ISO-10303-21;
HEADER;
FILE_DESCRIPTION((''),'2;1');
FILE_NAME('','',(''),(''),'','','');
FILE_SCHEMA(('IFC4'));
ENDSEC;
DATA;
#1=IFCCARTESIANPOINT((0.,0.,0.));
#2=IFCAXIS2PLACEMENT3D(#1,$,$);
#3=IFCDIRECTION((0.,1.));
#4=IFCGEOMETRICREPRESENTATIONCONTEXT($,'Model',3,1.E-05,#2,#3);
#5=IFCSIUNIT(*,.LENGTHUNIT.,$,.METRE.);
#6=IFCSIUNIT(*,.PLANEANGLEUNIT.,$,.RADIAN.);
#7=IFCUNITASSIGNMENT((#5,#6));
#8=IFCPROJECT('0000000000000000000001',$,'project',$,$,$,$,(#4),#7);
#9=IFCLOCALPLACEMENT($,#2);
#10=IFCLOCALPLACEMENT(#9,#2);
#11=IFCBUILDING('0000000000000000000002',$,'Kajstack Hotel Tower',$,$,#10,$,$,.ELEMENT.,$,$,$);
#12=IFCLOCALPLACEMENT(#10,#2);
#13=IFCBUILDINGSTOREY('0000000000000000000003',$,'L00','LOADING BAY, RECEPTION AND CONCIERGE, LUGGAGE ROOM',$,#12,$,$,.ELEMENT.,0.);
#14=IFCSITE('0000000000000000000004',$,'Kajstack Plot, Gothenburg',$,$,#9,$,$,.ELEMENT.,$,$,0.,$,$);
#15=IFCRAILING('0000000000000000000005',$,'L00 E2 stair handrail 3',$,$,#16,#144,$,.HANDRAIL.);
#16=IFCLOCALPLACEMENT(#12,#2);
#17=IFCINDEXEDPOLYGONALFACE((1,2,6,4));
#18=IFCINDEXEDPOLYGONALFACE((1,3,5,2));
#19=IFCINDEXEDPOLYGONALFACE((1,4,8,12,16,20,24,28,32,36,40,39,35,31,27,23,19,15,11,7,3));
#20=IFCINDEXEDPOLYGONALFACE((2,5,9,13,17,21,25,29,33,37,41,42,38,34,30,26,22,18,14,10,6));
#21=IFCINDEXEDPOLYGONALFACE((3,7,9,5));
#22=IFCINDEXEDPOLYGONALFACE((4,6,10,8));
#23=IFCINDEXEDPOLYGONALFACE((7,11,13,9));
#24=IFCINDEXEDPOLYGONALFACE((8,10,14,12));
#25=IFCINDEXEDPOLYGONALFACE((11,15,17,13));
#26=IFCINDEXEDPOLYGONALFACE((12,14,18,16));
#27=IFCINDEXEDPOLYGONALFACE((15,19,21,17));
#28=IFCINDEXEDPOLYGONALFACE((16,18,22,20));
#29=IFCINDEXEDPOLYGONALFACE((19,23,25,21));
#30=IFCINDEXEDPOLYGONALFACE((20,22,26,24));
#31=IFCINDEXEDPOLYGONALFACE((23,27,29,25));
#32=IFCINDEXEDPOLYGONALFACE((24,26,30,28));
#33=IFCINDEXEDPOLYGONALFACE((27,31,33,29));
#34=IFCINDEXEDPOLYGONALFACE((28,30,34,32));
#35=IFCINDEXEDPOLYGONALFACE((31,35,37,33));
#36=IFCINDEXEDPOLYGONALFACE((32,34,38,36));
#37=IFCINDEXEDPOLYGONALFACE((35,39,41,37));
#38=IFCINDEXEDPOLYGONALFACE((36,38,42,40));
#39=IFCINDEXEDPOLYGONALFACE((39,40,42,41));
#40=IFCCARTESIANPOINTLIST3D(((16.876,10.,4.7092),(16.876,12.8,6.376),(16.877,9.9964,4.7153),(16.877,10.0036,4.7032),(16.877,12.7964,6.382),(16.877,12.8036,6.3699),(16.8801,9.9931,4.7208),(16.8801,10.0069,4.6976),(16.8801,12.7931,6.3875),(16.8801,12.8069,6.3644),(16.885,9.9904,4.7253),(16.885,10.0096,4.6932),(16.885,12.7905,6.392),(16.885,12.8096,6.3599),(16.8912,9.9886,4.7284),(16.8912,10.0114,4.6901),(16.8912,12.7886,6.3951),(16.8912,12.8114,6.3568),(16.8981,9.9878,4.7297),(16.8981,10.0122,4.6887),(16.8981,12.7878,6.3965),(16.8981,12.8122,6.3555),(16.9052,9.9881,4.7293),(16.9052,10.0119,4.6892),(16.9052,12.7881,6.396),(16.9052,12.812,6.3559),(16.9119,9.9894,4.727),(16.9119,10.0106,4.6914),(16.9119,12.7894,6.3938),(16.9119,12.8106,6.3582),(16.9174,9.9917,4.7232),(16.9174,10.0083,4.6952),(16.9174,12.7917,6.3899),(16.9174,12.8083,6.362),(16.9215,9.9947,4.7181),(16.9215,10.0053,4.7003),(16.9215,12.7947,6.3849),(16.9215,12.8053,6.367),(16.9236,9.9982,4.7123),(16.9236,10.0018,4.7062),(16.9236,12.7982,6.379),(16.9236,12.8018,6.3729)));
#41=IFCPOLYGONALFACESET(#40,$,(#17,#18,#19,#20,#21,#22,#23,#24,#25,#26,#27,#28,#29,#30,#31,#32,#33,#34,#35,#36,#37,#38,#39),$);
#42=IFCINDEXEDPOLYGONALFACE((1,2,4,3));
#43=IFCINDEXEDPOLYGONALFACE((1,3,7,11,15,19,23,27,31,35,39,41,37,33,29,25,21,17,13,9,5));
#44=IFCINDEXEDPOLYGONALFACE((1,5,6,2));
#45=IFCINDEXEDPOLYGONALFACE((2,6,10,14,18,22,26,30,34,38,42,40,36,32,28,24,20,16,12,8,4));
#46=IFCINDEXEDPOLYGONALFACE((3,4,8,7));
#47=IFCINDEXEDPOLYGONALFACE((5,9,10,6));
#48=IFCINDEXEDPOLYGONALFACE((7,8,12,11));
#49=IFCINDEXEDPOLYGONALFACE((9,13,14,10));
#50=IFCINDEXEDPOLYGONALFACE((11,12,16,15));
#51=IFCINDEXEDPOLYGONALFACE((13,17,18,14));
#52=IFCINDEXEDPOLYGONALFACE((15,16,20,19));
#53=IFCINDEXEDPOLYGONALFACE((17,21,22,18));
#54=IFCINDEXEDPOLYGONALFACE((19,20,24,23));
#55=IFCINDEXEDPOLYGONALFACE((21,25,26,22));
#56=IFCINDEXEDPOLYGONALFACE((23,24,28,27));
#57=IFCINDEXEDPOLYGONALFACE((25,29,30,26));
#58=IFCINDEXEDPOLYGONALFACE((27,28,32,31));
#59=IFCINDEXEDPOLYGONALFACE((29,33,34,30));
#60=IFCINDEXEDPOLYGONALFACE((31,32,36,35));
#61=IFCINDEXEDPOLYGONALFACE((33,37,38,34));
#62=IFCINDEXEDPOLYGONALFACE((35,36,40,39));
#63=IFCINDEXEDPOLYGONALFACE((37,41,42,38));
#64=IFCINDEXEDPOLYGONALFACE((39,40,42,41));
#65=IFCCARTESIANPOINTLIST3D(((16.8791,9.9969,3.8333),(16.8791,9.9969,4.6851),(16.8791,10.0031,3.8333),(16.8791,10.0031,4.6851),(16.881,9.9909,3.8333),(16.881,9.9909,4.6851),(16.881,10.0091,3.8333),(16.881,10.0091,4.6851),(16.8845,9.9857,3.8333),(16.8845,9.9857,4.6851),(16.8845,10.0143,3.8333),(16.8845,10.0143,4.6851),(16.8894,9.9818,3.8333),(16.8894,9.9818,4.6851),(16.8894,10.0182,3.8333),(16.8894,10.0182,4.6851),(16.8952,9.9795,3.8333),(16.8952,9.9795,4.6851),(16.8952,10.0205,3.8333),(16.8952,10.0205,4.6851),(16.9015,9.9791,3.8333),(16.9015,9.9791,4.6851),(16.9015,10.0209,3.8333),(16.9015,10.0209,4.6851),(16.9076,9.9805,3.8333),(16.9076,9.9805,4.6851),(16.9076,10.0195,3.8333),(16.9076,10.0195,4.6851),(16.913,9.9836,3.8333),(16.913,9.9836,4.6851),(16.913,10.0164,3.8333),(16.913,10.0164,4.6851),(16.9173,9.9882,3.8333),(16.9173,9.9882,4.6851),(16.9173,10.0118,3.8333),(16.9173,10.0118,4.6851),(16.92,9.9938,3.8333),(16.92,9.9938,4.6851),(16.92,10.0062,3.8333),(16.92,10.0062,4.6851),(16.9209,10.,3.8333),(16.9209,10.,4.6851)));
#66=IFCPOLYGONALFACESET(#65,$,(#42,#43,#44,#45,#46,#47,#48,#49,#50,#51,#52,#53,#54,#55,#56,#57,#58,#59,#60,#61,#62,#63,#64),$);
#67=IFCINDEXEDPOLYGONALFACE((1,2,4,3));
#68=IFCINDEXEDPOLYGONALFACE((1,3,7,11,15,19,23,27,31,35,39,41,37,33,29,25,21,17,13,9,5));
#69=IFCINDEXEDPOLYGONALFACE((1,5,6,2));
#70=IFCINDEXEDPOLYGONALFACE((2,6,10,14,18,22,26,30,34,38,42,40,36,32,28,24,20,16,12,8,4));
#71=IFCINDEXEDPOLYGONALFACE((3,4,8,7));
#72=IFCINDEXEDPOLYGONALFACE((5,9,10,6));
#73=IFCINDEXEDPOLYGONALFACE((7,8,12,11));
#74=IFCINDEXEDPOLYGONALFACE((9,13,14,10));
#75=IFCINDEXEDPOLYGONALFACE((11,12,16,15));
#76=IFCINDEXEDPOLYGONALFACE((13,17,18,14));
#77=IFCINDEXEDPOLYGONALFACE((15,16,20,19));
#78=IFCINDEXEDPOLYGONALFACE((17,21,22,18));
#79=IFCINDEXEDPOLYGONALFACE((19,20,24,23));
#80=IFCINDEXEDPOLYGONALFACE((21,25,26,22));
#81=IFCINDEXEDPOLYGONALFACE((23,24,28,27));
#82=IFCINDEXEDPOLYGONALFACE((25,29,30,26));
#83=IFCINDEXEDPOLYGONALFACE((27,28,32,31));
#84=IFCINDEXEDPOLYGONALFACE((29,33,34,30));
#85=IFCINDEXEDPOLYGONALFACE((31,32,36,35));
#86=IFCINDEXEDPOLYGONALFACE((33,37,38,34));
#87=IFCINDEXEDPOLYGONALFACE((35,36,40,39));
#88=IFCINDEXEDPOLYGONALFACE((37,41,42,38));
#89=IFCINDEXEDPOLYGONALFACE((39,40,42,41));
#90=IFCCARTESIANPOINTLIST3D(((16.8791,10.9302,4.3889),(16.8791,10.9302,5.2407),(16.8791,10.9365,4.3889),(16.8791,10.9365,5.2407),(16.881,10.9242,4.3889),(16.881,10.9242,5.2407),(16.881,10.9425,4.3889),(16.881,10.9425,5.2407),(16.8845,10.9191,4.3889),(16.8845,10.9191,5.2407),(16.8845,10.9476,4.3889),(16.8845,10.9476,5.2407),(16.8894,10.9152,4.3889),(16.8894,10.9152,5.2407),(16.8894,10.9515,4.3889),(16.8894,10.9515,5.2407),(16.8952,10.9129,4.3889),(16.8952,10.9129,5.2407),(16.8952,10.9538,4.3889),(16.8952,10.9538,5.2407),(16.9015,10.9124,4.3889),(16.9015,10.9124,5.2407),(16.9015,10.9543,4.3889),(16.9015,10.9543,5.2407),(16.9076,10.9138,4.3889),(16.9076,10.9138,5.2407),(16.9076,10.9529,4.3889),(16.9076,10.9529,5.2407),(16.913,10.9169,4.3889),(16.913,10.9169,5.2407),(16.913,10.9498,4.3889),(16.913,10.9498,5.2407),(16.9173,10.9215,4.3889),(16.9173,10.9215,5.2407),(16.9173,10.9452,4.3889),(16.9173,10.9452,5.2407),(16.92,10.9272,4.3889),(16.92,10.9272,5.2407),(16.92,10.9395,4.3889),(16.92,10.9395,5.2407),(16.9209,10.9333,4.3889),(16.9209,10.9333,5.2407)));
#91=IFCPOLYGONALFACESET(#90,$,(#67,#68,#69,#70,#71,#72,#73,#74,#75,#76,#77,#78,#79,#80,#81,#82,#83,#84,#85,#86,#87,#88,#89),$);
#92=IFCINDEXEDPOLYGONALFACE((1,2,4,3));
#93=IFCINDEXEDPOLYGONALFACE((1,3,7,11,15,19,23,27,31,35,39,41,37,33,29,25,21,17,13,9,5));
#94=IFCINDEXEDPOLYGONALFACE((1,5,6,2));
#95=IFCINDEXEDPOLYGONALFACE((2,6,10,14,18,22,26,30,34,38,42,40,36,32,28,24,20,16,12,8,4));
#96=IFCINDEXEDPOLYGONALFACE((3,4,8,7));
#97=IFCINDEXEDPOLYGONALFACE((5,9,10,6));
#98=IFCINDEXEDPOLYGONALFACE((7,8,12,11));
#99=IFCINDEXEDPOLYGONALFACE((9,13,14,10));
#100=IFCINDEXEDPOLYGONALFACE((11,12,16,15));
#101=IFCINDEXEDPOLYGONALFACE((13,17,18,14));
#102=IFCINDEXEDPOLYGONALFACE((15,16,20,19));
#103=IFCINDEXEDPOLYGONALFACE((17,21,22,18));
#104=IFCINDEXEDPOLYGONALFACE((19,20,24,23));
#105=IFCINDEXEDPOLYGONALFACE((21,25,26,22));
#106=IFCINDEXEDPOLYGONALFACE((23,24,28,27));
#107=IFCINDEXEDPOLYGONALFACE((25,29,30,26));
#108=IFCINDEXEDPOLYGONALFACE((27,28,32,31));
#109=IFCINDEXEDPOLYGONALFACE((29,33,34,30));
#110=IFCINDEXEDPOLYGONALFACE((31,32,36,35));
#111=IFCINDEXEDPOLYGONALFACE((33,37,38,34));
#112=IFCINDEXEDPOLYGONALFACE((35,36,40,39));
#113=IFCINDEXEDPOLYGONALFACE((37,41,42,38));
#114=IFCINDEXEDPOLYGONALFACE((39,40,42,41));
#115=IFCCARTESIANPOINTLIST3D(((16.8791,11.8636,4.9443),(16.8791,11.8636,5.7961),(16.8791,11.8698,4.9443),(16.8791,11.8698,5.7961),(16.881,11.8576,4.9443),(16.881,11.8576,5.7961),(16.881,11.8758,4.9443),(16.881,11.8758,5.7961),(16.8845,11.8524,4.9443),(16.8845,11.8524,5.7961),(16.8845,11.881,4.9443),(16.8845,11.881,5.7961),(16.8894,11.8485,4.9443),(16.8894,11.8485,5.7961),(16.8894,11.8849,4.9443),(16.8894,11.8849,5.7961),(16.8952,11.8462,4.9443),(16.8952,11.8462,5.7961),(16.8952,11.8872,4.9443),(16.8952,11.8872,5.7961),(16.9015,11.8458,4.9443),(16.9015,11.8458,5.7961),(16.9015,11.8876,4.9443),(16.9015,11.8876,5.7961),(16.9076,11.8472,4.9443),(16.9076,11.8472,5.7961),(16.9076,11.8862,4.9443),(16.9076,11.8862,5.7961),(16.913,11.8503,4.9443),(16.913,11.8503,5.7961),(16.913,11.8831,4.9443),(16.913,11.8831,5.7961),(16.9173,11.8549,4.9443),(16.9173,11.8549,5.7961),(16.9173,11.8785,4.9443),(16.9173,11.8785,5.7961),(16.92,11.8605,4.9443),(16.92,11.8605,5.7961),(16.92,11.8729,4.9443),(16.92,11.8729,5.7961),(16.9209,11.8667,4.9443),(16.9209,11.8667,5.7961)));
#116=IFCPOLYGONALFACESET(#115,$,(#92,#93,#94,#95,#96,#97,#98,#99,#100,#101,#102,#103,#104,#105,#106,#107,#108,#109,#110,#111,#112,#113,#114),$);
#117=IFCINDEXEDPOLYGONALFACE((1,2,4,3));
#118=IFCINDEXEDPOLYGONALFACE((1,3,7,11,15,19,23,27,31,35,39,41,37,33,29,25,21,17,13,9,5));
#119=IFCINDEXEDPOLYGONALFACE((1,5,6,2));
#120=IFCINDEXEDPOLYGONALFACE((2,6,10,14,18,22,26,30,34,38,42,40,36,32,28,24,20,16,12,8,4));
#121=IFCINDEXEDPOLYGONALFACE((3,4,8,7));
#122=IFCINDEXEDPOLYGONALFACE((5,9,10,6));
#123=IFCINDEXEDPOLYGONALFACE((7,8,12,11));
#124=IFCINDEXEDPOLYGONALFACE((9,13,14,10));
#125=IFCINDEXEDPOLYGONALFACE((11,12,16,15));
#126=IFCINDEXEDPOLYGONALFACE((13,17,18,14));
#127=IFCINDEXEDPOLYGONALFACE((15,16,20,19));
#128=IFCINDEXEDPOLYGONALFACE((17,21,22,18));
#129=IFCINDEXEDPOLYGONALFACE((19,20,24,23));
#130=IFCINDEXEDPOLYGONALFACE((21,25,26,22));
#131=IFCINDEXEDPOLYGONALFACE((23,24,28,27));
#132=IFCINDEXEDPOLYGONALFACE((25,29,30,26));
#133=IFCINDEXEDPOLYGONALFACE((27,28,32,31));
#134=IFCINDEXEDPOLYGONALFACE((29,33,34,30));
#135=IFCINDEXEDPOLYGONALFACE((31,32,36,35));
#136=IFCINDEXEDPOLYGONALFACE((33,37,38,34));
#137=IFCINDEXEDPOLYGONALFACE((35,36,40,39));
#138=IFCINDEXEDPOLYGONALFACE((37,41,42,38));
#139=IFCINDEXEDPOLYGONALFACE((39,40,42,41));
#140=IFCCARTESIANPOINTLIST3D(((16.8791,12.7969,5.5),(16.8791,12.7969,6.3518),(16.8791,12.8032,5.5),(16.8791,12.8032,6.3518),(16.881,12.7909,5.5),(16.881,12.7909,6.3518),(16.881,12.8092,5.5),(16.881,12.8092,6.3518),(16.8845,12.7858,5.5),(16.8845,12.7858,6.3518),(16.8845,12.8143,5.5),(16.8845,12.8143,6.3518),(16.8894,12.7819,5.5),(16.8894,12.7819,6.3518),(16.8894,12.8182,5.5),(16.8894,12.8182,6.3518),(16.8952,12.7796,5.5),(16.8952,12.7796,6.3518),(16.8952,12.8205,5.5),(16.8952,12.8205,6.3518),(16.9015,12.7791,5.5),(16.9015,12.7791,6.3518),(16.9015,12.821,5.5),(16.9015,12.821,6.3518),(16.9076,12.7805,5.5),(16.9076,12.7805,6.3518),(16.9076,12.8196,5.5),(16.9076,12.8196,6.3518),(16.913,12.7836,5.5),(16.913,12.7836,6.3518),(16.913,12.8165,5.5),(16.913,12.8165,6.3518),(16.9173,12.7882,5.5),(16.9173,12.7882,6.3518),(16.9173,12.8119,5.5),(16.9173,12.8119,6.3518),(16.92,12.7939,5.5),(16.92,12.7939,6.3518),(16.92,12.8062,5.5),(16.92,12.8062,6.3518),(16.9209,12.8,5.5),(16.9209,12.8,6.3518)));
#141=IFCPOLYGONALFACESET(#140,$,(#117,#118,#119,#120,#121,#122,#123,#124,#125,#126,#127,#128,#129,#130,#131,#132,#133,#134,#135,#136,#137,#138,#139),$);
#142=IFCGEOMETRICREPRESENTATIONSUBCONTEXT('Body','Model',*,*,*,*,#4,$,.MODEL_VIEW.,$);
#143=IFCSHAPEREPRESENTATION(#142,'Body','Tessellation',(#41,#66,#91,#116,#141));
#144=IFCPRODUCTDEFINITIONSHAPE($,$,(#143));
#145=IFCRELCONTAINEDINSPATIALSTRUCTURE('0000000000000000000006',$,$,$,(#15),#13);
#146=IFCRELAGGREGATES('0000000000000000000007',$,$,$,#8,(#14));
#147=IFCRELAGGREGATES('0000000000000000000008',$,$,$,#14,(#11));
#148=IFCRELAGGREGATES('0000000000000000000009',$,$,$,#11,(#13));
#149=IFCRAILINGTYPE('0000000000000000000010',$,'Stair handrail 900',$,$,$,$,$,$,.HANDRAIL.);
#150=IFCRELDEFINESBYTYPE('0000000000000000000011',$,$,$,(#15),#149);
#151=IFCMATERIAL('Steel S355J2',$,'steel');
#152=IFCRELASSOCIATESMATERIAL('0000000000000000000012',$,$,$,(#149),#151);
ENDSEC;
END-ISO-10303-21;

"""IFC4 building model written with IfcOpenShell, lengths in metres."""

from ifc_helpers import new_model, si_unit, direction, frame, origin, origin_2d, place, context, subcontext, project, spatial, circle, extrude, material, type_object, element, save


model = new_model("IFC4")

# Units and contexts
model_context = context("Model", 3, precision=1e-05, world=origin(), true_north=direction((0.0, 1.0)))
body_context = subcontext(model_context, "Body", "Model", "MODEL_VIEW")
ifc_project = project(units=[si_unit("LENGTHUNIT", "METRE"), si_unit("PLANEANGLEUNIT", "RADIAN")], contexts=[model_context])

# Site, building, storey
site_placement = place(None, origin())
site = spatial("IfcSite", under=ifc_project, at=site_placement, Name="Kajstack Plot, Gothenburg", CompositionType="ELEMENT", RefElevation=0.0)
building_placement = place(site_placement, origin())
building = spatial("IfcBuilding", under=site, at=building_placement, Name="Kajstack Hotel Tower", CompositionType="ELEMENT")
storey_placement = place(building_placement, origin())
storey = spatial("IfcBuildingStorey", under=building, at=storey_placement, Name="L00", Description="LOADING BAY, RECEPTION AND CONCIERGE, LUGGAGE ROOM", CompositionType="ELEMENT", Elevation=0.0)

# Railing
ifc_material_1 = material(Name="Steel S355J2", Category="steel")
railing_type_1 = type_object("IfcRailingType", Name="Stair handrail 900", PredefinedType="HANDRAIL", material=ifc_material_1)
for number, where, name in (
    (1, (16.8999, 10.0, 3.8333), "L00 E2 stair handrail 3"),
):
    element("IfcRailing", number, at=place(storey_placement, frame(where)), inside=storey, type_object=railing_type_1, Name=name, PredefinedType="HANDRAIL", context=body_context, shape_type="SweptSolid", body=[
        extrude(circle(Radius=0.0239, at=origin_2d()), frame((0.0, 0.0, 0.876), z_axis=(0.0, 0.859286, 0.511496), x_axis=(-1.0, 0.0, 0.0)), (0.0, 0.0, 1.0), 3.2585),
        extrude(circle(Radius=0.021, at=origin_2d()), origin(), (0.0, 0.0, 1.0), 0.8518),
        extrude(circle(Radius=0.021, at=origin_2d()), frame((0.0, 0.9333, 0.5557)), (0.0, 0.0, 1.0), 0.8518),
        extrude(circle(Radius=0.021, at=origin_2d()), frame((0.0, 1.8667, 1.1111)), (0.0, 0.0, 1.0), 0.8518),
        extrude(circle(Radius=0.021, at=origin_2d()), frame((0.0, 2.8, 1.6667)), (0.0, 0.0, 1.0), 0.8518),
    ])

save(model, "model.ifc")
